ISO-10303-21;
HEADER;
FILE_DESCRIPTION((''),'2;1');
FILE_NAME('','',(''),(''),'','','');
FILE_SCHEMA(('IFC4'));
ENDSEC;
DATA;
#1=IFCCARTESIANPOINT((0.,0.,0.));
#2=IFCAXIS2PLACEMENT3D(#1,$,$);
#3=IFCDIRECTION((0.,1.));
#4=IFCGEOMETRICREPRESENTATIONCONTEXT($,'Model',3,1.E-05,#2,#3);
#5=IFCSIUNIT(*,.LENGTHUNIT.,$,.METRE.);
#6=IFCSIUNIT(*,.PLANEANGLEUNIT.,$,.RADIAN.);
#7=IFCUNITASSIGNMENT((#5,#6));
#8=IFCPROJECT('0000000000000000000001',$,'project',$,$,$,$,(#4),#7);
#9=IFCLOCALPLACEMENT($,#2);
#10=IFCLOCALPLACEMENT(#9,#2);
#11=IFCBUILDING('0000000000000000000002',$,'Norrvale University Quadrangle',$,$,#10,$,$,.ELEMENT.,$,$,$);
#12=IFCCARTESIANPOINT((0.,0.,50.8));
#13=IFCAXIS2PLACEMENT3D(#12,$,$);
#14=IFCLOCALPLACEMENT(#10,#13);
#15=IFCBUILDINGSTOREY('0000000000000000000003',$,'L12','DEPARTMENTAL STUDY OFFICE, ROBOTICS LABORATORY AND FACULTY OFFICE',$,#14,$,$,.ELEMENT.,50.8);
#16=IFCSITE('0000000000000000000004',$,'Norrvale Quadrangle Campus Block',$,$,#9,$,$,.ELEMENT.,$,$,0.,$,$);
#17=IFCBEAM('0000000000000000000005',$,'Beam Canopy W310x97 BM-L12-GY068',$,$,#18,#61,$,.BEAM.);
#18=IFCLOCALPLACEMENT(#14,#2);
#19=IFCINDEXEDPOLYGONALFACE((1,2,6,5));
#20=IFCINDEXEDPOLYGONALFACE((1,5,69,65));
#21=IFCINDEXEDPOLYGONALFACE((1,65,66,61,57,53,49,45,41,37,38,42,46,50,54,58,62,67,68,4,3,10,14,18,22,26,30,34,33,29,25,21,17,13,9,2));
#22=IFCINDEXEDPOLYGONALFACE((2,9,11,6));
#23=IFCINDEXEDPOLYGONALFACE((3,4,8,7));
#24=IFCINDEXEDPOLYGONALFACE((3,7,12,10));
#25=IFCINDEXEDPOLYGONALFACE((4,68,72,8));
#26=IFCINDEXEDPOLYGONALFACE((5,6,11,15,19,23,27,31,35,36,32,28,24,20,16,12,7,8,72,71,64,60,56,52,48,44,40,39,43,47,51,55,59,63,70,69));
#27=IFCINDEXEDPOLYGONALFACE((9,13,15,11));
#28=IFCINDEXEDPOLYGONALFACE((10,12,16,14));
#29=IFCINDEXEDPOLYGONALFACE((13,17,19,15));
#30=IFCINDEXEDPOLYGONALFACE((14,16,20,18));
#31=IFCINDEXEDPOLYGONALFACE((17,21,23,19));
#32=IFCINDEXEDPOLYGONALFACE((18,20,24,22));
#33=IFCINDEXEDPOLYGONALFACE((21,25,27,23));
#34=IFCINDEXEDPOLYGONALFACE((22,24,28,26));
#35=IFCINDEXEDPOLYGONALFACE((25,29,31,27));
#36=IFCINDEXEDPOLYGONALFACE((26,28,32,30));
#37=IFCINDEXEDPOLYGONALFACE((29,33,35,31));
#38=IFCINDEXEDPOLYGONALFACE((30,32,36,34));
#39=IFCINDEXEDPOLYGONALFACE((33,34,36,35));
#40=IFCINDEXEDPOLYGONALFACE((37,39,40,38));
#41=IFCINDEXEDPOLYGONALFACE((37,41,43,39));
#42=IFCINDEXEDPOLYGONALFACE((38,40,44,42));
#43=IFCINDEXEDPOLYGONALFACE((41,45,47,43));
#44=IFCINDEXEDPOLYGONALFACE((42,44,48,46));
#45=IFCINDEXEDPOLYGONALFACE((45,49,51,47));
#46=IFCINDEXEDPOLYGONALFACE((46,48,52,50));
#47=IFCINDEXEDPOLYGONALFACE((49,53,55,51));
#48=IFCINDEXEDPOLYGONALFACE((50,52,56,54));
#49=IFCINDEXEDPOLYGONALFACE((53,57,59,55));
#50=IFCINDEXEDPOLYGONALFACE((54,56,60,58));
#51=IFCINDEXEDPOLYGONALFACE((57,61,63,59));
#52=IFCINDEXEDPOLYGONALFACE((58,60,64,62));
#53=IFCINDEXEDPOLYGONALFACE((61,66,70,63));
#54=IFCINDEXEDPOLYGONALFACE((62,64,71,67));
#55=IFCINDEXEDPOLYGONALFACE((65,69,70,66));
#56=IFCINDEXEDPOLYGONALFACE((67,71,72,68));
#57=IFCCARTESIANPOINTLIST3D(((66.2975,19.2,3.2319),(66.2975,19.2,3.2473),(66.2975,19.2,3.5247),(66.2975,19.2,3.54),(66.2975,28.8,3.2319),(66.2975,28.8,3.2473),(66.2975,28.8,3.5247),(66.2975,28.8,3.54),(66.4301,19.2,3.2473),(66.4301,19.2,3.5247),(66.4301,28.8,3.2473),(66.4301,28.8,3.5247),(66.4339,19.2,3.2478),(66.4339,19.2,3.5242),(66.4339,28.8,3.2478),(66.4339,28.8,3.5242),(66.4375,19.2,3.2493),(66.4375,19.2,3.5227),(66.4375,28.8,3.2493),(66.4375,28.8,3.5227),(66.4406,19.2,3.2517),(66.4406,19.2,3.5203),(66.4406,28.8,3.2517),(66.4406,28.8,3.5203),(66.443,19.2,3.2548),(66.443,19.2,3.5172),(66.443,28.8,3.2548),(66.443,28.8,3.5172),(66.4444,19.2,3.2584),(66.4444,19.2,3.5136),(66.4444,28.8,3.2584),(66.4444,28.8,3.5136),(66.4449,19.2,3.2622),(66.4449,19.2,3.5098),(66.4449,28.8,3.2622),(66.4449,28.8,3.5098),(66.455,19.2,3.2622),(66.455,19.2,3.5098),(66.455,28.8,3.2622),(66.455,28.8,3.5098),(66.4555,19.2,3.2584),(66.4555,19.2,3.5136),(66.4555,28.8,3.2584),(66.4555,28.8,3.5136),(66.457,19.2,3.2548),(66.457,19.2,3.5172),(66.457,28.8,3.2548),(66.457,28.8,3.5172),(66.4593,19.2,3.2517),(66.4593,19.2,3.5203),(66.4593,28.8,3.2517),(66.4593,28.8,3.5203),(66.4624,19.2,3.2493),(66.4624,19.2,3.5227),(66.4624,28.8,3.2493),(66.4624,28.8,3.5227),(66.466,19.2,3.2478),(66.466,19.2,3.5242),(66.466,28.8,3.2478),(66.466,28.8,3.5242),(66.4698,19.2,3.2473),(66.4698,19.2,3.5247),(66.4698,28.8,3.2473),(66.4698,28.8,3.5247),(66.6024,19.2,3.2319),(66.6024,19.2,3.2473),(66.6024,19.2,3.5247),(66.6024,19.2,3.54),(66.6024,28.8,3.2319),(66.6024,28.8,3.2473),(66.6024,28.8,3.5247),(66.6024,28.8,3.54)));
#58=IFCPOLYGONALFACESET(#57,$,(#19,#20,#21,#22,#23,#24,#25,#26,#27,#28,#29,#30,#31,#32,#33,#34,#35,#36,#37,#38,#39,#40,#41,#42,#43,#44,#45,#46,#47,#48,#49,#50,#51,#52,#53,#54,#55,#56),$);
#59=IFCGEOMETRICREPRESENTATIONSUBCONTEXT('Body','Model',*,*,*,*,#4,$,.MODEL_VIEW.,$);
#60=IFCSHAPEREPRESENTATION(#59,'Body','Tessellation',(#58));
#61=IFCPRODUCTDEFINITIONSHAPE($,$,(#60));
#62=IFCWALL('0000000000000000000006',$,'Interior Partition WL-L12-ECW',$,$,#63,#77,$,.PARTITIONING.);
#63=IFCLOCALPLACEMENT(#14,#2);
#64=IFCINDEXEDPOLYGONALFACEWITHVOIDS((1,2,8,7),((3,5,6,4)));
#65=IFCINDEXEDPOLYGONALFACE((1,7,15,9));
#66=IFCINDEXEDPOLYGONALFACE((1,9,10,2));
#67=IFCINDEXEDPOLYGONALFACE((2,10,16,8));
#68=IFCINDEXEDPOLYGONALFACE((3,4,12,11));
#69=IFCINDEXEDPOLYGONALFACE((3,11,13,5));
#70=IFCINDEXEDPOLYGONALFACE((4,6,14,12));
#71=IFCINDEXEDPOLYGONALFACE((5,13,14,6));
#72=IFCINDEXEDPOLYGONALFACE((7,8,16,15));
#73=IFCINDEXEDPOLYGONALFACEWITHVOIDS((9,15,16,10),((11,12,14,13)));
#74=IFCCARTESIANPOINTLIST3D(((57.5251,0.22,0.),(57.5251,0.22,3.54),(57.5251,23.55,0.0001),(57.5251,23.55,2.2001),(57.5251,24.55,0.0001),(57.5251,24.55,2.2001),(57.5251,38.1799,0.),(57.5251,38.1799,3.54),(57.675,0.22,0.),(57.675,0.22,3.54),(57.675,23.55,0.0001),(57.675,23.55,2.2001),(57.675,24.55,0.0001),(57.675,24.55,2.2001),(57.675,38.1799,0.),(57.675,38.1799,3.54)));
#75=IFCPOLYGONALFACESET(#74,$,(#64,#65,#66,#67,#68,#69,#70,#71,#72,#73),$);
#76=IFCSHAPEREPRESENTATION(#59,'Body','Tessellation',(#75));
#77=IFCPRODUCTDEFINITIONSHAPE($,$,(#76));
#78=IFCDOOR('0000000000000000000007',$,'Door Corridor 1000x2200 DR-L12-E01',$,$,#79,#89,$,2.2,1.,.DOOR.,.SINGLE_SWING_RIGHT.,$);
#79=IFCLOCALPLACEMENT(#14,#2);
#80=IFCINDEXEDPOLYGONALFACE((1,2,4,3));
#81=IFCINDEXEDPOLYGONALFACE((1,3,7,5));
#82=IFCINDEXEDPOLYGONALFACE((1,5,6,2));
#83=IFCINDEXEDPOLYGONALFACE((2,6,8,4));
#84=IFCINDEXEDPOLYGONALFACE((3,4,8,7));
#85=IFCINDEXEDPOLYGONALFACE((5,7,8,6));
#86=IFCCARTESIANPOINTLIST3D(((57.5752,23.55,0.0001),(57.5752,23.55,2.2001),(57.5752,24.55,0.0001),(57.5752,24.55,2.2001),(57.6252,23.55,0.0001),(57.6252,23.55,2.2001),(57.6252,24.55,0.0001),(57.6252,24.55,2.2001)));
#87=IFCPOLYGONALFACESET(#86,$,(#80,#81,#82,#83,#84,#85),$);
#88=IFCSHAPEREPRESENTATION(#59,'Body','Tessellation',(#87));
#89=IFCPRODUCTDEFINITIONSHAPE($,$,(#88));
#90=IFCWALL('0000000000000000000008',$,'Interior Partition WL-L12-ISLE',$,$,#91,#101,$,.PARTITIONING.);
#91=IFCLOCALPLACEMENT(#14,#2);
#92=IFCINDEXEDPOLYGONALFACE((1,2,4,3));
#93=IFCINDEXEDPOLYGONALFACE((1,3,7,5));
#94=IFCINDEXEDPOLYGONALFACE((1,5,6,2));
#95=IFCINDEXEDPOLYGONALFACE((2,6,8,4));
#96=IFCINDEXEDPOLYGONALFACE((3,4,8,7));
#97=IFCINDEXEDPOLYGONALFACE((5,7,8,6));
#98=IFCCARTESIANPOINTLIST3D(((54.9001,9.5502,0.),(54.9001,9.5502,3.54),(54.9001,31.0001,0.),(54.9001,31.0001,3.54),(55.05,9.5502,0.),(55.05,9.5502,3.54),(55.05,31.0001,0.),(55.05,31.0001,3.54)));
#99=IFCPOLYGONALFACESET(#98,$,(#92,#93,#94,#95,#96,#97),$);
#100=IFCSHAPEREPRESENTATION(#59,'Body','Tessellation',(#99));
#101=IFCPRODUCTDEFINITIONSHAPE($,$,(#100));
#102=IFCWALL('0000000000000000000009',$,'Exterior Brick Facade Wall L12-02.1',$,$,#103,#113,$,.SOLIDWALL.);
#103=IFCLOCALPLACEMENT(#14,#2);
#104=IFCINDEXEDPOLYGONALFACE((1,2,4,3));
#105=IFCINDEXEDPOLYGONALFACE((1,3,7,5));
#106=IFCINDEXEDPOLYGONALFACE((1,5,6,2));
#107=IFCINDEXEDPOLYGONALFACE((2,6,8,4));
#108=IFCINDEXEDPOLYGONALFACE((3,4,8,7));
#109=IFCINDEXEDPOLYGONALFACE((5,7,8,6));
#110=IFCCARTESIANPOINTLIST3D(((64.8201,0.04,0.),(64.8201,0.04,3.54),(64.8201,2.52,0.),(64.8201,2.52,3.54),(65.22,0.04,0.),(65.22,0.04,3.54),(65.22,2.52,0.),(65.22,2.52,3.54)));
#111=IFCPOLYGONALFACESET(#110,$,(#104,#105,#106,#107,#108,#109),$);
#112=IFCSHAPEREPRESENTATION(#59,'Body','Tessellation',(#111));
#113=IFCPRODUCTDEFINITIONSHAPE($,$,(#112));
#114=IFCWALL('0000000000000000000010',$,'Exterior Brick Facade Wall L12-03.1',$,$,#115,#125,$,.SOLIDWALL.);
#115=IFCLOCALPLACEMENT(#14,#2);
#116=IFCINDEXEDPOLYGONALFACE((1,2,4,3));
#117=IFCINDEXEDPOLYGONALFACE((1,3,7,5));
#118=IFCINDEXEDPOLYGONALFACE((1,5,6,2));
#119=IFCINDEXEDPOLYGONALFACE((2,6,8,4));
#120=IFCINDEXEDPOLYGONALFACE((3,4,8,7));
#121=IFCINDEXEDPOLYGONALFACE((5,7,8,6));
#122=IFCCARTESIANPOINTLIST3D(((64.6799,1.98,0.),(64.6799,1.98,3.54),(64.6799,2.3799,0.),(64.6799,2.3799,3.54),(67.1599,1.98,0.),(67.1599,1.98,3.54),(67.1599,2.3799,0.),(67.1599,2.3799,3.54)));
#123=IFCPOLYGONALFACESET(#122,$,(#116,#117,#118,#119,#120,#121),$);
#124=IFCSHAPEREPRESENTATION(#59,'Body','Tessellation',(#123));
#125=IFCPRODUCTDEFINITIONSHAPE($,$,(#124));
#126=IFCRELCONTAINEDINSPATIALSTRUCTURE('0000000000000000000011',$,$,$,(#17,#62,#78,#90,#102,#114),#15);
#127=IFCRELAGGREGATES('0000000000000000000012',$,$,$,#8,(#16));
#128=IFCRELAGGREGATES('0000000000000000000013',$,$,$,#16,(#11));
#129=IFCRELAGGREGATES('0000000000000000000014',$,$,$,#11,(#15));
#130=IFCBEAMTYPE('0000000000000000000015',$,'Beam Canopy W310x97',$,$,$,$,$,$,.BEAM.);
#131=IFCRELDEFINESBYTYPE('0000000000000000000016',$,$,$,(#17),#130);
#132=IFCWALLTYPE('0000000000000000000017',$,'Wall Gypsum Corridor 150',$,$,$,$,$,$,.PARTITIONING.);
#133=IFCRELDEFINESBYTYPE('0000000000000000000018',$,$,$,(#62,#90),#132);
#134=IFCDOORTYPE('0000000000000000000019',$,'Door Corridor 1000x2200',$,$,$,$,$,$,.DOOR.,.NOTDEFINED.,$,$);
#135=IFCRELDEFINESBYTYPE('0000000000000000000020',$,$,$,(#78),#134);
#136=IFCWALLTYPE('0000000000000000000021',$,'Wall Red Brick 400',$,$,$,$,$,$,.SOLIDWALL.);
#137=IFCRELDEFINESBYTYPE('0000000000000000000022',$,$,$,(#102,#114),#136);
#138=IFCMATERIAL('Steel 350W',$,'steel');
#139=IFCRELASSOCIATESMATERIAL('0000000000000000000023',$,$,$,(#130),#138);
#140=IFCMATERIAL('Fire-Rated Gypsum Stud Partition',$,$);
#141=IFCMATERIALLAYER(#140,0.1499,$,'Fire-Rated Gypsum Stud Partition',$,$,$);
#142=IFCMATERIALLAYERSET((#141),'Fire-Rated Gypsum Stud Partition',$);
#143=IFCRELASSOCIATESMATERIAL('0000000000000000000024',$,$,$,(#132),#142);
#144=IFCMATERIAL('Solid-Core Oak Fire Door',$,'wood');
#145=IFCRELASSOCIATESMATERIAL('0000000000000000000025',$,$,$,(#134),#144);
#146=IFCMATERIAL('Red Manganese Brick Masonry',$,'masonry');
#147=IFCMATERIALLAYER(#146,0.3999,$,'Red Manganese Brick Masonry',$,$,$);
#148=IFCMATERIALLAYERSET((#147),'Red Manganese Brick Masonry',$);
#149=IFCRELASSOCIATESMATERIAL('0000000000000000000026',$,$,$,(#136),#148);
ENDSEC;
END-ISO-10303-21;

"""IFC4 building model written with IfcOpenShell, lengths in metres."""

from ifc_helpers import new_model, si_unit, direction, frame, frame_2d, origin, origin_2d, place, context, subcontext, project, spatial, rectangle, i_section, extrude, material, layer, layer_set, material_profile, profile_set, type_object, element, fill, save


model = new_model("IFC4")

# Units and contexts
model_context = context("Model", 3, precision=1e-05, world=origin(), true_north=direction((0.0, 1.0)))
body_context = subcontext(model_context, "Body", "Model", "MODEL_VIEW")
ifc_project = project(units=[si_unit("LENGTHUNIT", "METRE"), si_unit("PLANEANGLEUNIT", "RADIAN")], contexts=[model_context])

# Site, building, storey
site_placement = place(None, origin())
site = spatial("IfcSite", under=ifc_project, at=site_placement, Name="Norrvale Quadrangle Campus Block", CompositionType="ELEMENT", RefElevation=0.0)
building_placement = place(site_placement, origin())
building = spatial("IfcBuilding", under=site, at=building_placement, Name="Norrvale University Quadrangle", CompositionType="ELEMENT")
storey_placement = place(building_placement, frame((0.0, 0.0, 50.8)))
storey = spatial("IfcBuildingStorey", under=building, at=storey_placement, Name="L12", Description="DEPARTMENTAL STUDY OFFICE, ROBOTICS LABORATORY AND FACULTY OFFICE", CompositionType="ELEMENT", Elevation=50.8)

# Beam
ifc_material_1 = material(Name="Steel 350W", Category="steel")
ifc_material_profile_1 = material_profile(ifc_material_1, i_section(OverallWidth=0.3049, OverallDepth=0.3081, WebThickness=0.01, FlangeThickness=0.0154, FilletRadius=0.0149, at=origin_2d()), Name="Steel 350W")
ifc_profile_set_1 = profile_set([ifc_material_profile_1], Name="Steel 350W")
beam_type_1 = type_object("IfcBeamType", Name="Beam Canopy W310x97", PredefinedType="BEAM", material=ifc_profile_set_1)
beam_1_placement = place(storey_placement, frame((66.45, 19.2, 3.386), z_axis=(0.0, 1.0, 0.0), x_axis=(-1.0, 0.0, 0.0)))
element("IfcBeam", 1, at=beam_1_placement, inside=storey, type_object=beam_type_1, Name="Beam Canopy W310x97 BM-L12-GY068", PredefinedType="BEAM", context=body_context, shape_type="SweptSolid", body=[
    extrude(i_section(OverallWidth=0.3049, OverallDepth=0.3081, WebThickness=0.01, FlangeThickness=0.0154, FilletRadius=0.0149, at=origin_2d()), origin(), (0.0, 0.0, 1.0), 9.6001),
])

# Wall, opening, door
ifc_material_2 = material(Name="Fire-Rated Gypsum Stud Partition")
ifc_layer_1 = layer(ifc_material_2, 0.1499, Name="Fire-Rated Gypsum Stud Partition")
ifc_layer_set_1 = layer_set([ifc_layer_1], Name="Fire-Rated Gypsum Stud Partition")
wall_type_1 = type_object("IfcWallType", Name="Wall Gypsum Corridor 150", PredefinedType="PARTITIONING", material=ifc_layer_set_1)
wall_1_placement = place(storey_placement, frame((57.6001, 0.22, 0.0), z_axis=(0.0, 0.0, 1.0), x_axis=(0.0, 1.0, 0.0)))
wall_1 = element("IfcWall", 2, at=wall_1_placement, inside=storey, type_object=wall_type_1, Name="Interior Partition WL-L12-ECW", PredefinedType="PARTITIONING", context=body_context, shape_type="SweptSolid", body=[
    extrude(rectangle(XDim=37.96, YDim=0.1499, at=frame_2d((18.98, 0.0))), origin(), (0.0, 0.0, 1.0), 3.54),
])
opening_1_placement = place(wall_1_placement, frame((23.3301, 0.0, 0.0)))
opening_1 = element("IfcOpeningElement", 3, at=opening_1_placement, cuts=wall_1, PredefinedType="OPENING", context=body_context, shape_type="SweptSolid", body=[
    extrude(rectangle(XDim=1.0, YDim=2.2, at=frame_2d((0.5, 1.1001))), frame((0.0, 0.0869, 0.0), z_axis=(0.0, -1.0, 0.0), x_axis=(1.0, 0.0, 0.0)), (0.0, 0.0, 1.0), 0.1738),
])
ifc_material_3 = material(Name="Solid-Core Oak Fire Door", Category="wood")
door_type = type_object("IfcDoorType", Name="Door Corridor 1000x2200", OperationType="NOTDEFINED", PredefinedType="DOOR", material=ifc_material_3)
door_placement = place(opening_1_placement, origin())
door = element("IfcDoor", 4, at=door_placement, inside=storey, type_object=door_type, Name="Door Corridor 1000x2200 DR-L12-E01", OperationType="SINGLE_SWING_RIGHT", OverallHeight=2.2, OverallWidth=1.0, PredefinedType="DOOR", context=body_context, shape_type="SweptSolid", body=[
    extrude(rectangle(XDim=1.0, YDim=2.2, at=frame_2d((0.5, 1.1001))), frame((0.0, 0.0249, 0.0), z_axis=(0.0, -1.0, 0.0), x_axis=(1.0, 0.0, 0.0)), (0.0, 0.0, 1.0), 0.05),
])
fill(opening_1, door)

# Walls
wall_2_placement = place(storey_placement, frame((54.9751, 9.55, 0.0), z_axis=(0.0, 0.0, 1.0), x_axis=(0.0, 1.0, 0.0)))
element("IfcWall", 5, at=wall_2_placement, inside=storey, type_object=wall_type_1, Name="Interior Partition WL-L12-ISLE", PredefinedType="PARTITIONING", context=body_context, shape_type="SweptSolid", body=[
    extrude(rectangle(XDim=21.45, YDim=0.1499, at=frame_2d((10.7251, 0.0))), origin(), (0.0, 0.0, 1.0), 3.54),
])
ifc_material_4 = material(Name="Red Manganese Brick Masonry", Category="masonry")
ifc_layer_2 = layer(ifc_material_4, 0.3999, Name="Red Manganese Brick Masonry")
ifc_layer_set_2 = layer_set([ifc_layer_2], Name="Red Manganese Brick Masonry")
wall_type_2 = type_object("IfcWallType", Name="Wall Red Brick 400", PredefinedType="SOLIDWALL", material=ifc_layer_set_2)
for number, where, z_axis, x_axis, name in (
    (6, (65.02, 0.04, 0.0), (0.0, 0.0, 1.0), (0.0, 1.0, 0.0), "Exterior Brick Facade Wall L12-02.1"),
    (7, (64.6799, 2.1799, 0.0), (0.0, 0.0, 1.0), (1.0, 0.0, 0.0), "Exterior Brick Facade Wall L12-03.1"),
):
    element("IfcWall", number, at=place(storey_placement, frame(where, z_axis=z_axis, x_axis=x_axis)), inside=storey, type_object=wall_type_2, Name=name, PredefinedType="SOLIDWALL", context=body_context, shape_type="SweptSolid", body=[
        extrude(rectangle(XDim=2.48, YDim=0.3999, at=frame_2d((1.24, 0.0))), origin(), (0.0, 0.0, 1.0), 3.54),
    ])

save(model, "model.ifc")
